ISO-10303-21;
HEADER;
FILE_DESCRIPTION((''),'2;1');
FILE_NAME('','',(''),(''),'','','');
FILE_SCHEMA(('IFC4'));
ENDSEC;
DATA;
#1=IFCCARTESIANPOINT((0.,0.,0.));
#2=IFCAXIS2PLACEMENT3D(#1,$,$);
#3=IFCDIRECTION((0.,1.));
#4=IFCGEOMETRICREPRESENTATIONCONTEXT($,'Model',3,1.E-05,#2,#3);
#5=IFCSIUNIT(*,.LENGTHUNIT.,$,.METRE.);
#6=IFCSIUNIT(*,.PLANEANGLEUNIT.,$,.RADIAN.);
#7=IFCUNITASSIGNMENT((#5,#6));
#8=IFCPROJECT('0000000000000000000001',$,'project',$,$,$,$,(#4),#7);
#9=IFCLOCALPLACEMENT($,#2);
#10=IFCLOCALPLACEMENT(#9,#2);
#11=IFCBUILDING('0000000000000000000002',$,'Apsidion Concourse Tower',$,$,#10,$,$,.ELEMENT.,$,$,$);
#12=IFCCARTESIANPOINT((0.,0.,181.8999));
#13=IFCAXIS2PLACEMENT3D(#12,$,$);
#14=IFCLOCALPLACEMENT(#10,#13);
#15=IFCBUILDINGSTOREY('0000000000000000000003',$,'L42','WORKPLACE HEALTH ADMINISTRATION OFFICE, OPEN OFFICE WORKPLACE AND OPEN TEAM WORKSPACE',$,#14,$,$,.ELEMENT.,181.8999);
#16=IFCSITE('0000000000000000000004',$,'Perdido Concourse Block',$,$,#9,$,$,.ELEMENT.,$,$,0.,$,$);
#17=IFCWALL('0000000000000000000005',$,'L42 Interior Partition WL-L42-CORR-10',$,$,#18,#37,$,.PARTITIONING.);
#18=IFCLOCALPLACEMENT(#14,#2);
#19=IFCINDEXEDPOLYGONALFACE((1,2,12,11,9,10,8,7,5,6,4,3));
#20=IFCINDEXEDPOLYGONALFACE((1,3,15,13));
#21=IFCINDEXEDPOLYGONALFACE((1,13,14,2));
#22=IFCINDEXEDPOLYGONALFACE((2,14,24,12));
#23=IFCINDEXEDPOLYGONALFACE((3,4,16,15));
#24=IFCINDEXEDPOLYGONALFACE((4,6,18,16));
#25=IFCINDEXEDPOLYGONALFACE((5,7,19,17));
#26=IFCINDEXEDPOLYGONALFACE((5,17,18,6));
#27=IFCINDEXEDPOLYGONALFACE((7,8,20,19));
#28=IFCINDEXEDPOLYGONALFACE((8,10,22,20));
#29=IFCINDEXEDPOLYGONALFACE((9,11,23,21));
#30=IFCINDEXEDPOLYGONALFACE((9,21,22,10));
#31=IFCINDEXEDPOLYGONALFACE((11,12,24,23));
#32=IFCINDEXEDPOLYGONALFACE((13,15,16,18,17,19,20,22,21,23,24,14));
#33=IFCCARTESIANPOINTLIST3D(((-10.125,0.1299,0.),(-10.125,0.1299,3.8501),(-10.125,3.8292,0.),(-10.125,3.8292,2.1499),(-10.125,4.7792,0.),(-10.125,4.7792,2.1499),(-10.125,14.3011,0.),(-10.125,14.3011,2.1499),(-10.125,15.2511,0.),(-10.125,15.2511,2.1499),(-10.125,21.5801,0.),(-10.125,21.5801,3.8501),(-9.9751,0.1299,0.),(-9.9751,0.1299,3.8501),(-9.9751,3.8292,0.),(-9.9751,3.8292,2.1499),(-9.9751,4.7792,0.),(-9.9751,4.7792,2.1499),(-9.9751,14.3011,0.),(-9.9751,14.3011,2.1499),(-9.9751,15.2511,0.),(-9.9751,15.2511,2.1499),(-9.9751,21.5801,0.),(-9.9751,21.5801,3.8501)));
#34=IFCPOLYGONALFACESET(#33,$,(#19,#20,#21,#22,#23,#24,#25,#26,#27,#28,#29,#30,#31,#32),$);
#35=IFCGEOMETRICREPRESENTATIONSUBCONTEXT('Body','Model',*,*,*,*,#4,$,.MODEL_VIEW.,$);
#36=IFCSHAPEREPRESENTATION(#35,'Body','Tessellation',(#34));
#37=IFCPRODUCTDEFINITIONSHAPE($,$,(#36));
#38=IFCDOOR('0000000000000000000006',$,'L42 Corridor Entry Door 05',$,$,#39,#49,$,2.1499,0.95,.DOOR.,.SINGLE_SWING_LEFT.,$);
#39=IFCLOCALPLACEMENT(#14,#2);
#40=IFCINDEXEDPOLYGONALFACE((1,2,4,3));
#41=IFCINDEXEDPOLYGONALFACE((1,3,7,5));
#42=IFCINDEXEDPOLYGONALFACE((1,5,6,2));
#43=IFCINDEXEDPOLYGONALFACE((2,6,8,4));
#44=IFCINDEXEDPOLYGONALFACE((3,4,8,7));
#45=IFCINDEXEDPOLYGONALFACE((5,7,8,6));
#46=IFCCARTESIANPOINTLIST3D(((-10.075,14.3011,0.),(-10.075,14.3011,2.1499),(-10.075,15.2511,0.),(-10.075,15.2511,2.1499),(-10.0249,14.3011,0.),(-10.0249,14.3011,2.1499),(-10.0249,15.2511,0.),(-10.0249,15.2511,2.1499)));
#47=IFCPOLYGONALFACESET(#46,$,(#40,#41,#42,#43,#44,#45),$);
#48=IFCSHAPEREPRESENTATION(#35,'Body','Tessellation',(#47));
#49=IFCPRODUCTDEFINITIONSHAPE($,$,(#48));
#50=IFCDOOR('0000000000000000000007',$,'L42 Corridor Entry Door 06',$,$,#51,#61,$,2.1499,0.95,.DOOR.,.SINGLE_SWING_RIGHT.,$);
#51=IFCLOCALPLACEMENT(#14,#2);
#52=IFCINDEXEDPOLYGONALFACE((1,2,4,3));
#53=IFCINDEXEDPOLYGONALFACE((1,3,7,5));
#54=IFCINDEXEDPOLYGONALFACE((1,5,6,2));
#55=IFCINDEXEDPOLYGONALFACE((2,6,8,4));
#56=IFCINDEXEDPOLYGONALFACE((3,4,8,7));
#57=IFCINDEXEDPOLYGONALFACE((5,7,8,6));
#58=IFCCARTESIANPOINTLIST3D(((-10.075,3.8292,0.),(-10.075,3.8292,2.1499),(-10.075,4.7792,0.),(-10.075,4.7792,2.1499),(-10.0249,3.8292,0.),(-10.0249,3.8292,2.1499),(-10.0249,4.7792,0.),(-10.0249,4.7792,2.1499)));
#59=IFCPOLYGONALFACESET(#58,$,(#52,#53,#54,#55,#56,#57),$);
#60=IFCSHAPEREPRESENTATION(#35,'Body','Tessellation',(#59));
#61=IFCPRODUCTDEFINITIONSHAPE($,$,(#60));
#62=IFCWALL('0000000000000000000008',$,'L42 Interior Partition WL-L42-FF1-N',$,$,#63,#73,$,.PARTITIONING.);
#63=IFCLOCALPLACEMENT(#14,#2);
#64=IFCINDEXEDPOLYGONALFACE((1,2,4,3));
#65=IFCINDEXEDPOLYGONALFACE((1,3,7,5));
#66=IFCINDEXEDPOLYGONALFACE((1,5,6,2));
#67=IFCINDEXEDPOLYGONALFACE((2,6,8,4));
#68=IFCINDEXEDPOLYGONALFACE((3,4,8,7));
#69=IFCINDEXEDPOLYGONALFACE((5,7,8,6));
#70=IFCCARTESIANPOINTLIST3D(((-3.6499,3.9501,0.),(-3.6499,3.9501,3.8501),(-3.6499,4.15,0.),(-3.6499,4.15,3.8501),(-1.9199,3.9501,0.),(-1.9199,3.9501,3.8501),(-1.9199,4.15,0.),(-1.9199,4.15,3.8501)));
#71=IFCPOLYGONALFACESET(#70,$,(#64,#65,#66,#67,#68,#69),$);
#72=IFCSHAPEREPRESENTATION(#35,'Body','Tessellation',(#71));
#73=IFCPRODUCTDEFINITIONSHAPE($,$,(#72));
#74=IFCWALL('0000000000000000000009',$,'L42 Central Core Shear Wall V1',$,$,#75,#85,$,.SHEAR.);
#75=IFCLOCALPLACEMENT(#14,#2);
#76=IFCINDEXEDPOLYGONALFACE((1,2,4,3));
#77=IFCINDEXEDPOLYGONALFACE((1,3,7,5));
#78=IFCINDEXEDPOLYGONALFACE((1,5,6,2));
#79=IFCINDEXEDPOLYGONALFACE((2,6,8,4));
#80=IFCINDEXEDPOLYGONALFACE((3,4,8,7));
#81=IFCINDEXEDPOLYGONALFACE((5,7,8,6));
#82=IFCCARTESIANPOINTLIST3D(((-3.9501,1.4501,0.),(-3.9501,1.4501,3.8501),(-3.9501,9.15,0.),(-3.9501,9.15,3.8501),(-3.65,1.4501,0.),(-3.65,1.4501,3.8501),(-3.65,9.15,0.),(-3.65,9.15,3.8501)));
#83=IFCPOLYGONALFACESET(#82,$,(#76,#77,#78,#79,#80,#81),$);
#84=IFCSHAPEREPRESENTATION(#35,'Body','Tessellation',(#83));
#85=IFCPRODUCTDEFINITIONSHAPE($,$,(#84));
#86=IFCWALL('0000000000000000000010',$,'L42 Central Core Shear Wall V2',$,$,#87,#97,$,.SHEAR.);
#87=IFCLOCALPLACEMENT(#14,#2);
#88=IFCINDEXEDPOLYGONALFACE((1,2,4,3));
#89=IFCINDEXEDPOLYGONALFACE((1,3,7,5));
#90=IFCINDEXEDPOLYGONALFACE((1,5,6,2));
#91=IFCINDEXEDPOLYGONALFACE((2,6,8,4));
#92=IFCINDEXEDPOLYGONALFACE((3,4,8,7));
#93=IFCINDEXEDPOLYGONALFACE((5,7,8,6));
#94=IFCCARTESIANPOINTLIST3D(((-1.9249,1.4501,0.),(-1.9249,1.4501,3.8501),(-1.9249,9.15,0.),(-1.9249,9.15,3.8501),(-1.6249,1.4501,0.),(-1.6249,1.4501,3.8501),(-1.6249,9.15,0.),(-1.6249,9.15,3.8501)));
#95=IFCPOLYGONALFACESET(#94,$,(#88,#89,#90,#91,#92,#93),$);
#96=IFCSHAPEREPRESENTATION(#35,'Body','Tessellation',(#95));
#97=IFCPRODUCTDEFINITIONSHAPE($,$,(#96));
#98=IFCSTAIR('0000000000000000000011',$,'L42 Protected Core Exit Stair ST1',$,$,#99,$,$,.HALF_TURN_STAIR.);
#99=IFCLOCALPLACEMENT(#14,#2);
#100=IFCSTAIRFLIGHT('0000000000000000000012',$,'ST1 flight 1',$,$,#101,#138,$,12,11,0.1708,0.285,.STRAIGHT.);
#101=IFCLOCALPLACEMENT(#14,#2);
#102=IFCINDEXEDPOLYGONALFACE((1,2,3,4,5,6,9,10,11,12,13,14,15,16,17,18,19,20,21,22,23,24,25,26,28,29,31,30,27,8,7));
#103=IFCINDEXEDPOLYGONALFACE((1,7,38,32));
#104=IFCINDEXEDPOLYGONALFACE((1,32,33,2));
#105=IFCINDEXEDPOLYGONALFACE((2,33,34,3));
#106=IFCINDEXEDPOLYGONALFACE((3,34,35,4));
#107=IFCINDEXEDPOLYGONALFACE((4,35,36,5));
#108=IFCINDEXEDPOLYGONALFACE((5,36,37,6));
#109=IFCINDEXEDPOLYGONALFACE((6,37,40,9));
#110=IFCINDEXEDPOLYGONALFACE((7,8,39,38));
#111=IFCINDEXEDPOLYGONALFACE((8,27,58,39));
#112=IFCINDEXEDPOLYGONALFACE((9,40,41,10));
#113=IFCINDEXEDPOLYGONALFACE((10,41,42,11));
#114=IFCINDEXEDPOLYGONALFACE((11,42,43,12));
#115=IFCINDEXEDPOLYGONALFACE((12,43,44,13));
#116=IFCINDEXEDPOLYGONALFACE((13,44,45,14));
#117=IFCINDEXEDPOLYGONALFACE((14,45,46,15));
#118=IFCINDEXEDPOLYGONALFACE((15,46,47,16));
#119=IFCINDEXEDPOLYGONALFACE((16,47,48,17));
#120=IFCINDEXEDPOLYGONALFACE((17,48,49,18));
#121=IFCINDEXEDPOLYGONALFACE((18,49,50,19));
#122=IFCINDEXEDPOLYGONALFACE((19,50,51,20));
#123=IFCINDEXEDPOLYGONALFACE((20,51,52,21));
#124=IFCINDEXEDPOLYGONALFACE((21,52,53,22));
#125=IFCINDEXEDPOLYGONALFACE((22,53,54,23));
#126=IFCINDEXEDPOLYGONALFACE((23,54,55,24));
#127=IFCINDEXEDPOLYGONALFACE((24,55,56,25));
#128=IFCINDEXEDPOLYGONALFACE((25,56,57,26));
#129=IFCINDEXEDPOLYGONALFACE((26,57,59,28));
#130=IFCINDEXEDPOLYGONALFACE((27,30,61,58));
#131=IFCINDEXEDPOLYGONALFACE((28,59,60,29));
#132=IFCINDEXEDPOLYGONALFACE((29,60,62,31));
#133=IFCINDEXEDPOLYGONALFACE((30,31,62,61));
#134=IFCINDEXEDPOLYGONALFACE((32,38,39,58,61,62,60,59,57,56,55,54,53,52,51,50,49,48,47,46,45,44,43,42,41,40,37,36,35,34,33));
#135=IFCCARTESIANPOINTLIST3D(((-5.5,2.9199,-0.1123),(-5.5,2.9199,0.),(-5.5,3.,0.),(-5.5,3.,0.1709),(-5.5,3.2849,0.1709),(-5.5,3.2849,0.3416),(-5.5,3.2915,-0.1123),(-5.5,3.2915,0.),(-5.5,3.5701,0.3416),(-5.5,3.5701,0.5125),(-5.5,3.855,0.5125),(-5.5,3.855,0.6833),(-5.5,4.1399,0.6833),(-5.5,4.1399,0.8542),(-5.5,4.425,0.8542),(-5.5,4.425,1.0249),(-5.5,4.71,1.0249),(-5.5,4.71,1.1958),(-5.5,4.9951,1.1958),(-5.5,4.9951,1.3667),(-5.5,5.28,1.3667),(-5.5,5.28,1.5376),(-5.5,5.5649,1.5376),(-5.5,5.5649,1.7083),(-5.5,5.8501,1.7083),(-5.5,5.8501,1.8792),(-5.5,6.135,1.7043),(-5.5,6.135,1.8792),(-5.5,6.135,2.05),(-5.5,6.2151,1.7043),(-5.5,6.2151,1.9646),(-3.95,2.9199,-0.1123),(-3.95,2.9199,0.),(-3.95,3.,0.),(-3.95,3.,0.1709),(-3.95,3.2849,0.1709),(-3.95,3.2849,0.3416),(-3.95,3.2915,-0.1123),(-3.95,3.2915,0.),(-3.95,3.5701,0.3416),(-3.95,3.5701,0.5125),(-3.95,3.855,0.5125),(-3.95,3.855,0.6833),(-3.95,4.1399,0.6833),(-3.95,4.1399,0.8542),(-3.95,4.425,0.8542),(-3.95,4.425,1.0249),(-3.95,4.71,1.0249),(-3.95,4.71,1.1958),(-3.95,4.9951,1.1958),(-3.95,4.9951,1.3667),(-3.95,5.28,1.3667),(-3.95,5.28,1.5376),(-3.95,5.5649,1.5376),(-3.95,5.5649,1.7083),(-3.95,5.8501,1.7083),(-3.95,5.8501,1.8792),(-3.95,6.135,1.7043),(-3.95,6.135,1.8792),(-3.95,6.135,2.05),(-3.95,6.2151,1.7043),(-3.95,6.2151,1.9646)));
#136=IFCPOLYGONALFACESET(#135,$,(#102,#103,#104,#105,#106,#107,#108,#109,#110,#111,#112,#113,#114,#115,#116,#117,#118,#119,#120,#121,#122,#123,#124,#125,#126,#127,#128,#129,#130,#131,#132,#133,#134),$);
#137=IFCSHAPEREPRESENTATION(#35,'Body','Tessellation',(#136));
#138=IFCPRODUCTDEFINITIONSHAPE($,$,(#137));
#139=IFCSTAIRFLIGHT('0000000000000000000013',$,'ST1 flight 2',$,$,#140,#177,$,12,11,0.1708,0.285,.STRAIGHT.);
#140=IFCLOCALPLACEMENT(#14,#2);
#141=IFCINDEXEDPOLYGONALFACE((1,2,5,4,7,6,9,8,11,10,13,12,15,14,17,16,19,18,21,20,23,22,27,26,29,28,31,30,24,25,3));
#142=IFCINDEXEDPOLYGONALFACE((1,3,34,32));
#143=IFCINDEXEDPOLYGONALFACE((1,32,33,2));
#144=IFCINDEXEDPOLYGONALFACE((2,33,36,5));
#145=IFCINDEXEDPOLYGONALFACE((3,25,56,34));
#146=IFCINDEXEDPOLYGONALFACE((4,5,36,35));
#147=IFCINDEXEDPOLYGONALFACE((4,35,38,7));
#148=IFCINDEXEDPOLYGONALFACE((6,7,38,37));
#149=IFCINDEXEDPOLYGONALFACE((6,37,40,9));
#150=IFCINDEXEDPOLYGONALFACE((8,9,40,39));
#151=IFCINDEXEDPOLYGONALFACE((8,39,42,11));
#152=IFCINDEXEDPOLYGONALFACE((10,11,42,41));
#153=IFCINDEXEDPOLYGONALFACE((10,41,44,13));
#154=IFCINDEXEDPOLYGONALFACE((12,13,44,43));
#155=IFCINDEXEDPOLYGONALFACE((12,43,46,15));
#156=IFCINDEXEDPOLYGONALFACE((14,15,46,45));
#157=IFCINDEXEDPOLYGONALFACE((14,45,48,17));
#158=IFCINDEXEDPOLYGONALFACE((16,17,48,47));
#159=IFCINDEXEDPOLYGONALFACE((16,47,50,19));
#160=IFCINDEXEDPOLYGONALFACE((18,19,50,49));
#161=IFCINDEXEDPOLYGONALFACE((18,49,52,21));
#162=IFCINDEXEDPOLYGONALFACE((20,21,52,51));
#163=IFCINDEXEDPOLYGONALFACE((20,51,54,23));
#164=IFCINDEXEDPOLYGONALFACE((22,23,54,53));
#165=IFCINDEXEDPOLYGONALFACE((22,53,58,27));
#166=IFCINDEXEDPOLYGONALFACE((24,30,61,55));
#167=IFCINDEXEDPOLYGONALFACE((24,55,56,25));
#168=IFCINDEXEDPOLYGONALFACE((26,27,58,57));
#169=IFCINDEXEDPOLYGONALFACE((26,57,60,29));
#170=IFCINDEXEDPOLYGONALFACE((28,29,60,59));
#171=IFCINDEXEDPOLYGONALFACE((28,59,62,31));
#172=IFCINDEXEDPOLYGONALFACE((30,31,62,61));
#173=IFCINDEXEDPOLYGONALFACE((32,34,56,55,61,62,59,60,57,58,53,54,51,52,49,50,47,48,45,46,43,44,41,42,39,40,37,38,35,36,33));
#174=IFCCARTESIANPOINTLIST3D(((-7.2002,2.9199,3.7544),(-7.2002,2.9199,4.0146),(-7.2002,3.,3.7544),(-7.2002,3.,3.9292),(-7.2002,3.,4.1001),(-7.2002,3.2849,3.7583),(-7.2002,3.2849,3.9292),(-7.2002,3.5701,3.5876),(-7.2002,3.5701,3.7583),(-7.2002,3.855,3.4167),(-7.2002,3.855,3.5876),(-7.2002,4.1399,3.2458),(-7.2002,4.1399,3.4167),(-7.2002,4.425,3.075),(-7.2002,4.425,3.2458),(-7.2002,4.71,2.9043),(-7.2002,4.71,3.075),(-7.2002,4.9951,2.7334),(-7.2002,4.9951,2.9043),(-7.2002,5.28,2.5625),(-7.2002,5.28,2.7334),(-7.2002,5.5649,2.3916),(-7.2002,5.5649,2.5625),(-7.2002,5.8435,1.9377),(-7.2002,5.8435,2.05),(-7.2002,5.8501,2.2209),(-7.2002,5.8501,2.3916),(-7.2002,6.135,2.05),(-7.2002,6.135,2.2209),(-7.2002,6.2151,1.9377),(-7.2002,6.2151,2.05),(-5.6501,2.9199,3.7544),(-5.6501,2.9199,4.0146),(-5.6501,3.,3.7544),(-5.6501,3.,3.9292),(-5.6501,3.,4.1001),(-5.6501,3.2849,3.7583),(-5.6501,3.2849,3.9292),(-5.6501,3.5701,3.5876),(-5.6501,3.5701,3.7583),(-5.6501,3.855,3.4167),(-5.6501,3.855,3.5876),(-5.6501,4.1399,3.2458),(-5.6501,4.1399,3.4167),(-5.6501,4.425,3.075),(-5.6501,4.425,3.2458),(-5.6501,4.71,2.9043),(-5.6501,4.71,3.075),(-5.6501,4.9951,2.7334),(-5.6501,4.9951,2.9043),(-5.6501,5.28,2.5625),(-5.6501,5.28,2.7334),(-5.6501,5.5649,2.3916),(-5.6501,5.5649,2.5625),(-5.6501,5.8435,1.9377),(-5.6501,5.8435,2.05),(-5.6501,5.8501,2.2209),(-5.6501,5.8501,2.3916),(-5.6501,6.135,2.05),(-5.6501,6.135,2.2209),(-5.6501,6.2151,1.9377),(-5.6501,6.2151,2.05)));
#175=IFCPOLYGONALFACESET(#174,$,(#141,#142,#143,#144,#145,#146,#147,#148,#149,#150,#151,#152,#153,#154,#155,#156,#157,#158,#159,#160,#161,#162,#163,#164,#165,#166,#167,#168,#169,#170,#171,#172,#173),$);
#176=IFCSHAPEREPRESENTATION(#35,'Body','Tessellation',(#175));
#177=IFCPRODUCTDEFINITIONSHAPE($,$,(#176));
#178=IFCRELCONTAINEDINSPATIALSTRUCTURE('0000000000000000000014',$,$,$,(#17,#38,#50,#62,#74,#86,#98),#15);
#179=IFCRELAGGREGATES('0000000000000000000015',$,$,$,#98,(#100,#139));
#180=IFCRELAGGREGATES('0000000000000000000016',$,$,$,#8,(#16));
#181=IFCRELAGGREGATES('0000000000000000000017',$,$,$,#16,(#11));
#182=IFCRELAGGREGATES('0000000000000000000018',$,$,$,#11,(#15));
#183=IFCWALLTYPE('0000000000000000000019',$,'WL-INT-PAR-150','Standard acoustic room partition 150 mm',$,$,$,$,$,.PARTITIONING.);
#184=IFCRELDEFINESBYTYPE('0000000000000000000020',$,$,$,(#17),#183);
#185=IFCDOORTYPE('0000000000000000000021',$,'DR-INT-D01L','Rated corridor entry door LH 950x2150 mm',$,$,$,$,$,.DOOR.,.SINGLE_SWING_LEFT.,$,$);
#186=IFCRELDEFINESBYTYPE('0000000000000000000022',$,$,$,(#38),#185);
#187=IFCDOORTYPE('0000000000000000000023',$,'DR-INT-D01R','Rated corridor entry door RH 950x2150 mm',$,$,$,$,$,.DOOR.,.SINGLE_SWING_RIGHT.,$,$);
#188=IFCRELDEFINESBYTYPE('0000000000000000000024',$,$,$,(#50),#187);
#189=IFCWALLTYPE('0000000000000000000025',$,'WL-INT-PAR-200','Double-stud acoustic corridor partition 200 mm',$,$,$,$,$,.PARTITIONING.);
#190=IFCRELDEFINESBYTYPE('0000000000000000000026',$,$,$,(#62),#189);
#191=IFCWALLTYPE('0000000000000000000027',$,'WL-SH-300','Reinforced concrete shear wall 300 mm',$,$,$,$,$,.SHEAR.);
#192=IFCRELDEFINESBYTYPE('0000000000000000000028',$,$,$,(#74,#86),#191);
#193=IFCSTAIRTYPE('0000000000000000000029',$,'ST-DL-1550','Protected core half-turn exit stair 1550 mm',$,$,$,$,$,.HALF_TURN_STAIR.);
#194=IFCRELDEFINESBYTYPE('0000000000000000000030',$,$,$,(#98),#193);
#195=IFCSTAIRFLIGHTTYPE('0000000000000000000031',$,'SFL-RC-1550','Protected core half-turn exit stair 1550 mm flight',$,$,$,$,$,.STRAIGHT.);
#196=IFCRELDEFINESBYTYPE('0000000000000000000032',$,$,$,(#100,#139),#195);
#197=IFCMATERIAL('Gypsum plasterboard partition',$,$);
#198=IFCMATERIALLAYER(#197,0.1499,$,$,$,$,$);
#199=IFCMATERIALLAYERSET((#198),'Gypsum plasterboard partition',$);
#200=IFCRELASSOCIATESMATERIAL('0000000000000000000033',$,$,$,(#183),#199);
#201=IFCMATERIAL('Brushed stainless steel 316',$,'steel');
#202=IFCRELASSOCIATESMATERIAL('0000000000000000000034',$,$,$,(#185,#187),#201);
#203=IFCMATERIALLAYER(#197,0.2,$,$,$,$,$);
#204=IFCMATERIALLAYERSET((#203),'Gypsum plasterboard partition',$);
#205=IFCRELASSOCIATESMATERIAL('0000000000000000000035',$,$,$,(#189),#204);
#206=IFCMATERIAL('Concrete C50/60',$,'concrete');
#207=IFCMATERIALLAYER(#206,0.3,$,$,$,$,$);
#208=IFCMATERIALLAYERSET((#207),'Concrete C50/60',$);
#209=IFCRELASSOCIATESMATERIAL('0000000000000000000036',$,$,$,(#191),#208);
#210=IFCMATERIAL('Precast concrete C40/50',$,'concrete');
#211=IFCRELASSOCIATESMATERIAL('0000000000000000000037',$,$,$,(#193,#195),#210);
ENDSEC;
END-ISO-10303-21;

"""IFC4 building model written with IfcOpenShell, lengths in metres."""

from ifc_helpers import new_model, si_unit, direction, frame, frame_2d, origin, place, context, subcontext, project, spatial, polyline, rectangle, outline, extrude, material, layer, layer_set, type_object, element, fill, aggregate, save


model = new_model("IFC4")

# Units and contexts
model_context = context("Model", 3, precision=1e-05, world=origin(), true_north=direction((0.0, 1.0)))
body_context = subcontext(model_context, "Body", "Model", "MODEL_VIEW")
ifc_project = project(units=[si_unit("LENGTHUNIT", "METRE"), si_unit("PLANEANGLEUNIT", "RADIAN")], contexts=[model_context])

# Site, building, storey
site_placement = place(None, origin())
site = spatial("IfcSite", under=ifc_project, at=site_placement, Name="Perdido Concourse Block", CompositionType="ELEMENT", RefElevation=0.0)
building_placement = place(site_placement, origin())
building = spatial("IfcBuilding", under=site, at=building_placement, Name="Apsidion Concourse Tower", CompositionType="ELEMENT")
storey_placement = place(building_placement, frame((0.0, 0.0, 181.8999)))
storey = spatial("IfcBuildingStorey", under=building, at=storey_placement, Name="L42", Description="WORKPLACE HEALTH ADMINISTRATION OFFICE, OPEN OFFICE WORKPLACE AND OPEN TEAM WORKSPACE", CompositionType="ELEMENT", Elevation=181.8999)

# Shared definitions
ifc_material_1 = material(Name="Concrete C50/60", Category="concrete")

# Shared definitions
ifc_material_2 = material(Name="Gypsum plasterboard partition")
ifc_layer_1 = layer(ifc_material_2, 0.1499)
ifc_layer_set_1 = layer_set([ifc_layer_1], Name="Gypsum plasterboard partition")
wall_type_1 = type_object("IfcWallType", Name="WL-INT-PAR-150", Description="Standard acoustic room partition 150 mm", PredefinedType="PARTITIONING", material=ifc_layer_set_1)

# Wall, openings, doors
wall_1_placement = place(storey_placement, frame((-10.05, 0.1299, 0.0), z_axis=(0.0, 0.0, 1.0), x_axis=(0.0, 1.0, 0.0)))
wall_1 = element("IfcWall", 1, at=wall_1_placement, inside=storey, type_object=wall_type_1, Name="L42 Interior Partition WL-L42-CORR-10", PredefinedType="PARTITIONING", context=body_context, shape_type="SweptSolid", body=[
    extrude(rectangle(XDim=21.4502, YDim=0.1499, at=frame_2d((10.7251, 0.0))), origin(), (0.0, 0.0, 1.0), 3.8501),
])
opening_1_placement = place(wall_1_placement, frame((14.1711, 0.0, 0.0)))
opening_1 = element("IfcOpeningElement", 2, at=opening_1_placement, cuts=wall_1, PredefinedType="OPENING", context=body_context, shape_type="SweptSolid", body=[
    extrude(rectangle(XDim=0.95, YDim=2.1499, at=frame_2d((0.4751, 1.075))), frame((0.0, 0.085, 0.0), z_axis=(0.0, -1.0, 0.0), x_axis=(1.0, 0.0, 0.0)), (0.0, 0.0, 1.0), 0.1699),
])
opening_2_placement = place(wall_1_placement, frame((3.6992, 0.0, 0.0)))
opening_2 = element("IfcOpeningElement", 3, at=opening_2_placement, cuts=wall_1, PredefinedType="OPENING", context=body_context, shape_type="SweptSolid", body=[
    extrude(rectangle(XDim=0.95, YDim=2.1499, at=frame_2d((0.4751, 1.075))), frame((0.0, 0.085, 0.0), z_axis=(0.0, -1.0, 0.0), x_axis=(1.0, 0.0, 0.0)), (0.0, 0.0, 1.0), 0.1699),
])
ifc_material_3 = material(Name="Brushed stainless steel 316", Category="steel")
door_type_1 = type_object("IfcDoorType", Name="DR-INT-D01L", Description="Rated corridor entry door LH 950x2150 mm", OperationType="SINGLE_SWING_LEFT", PredefinedType="DOOR", material=ifc_material_3)
door_1_placement = place(opening_1_placement, origin())
door_1 = element("IfcDoor", 4, at=door_1_placement, inside=storey, type_object=door_type_1, Name="L42 Corridor Entry Door 05", OperationType="SINGLE_SWING_LEFT", OverallHeight=2.1499, OverallWidth=0.95, PredefinedType="DOOR", context=body_context, shape_type="SweptSolid", body=[
    extrude(rectangle(XDim=0.95, YDim=2.1499, at=frame_2d((0.4751, 1.075))), frame((0.0, 0.0249, 0.0), z_axis=(0.0, -1.0, 0.0), x_axis=(1.0, 0.0, 0.0)), (0.0, 0.0, 1.0), 0.05),
])
fill(opening_1, door_1)
door_type_2 = type_object("IfcDoorType", Name="DR-INT-D01R", Description="Rated corridor entry door RH 950x2150 mm", OperationType="SINGLE_SWING_RIGHT", PredefinedType="DOOR", material=ifc_material_3)
door_2_placement = place(opening_2_placement, origin())
door_2 = element("IfcDoor", 5, at=door_2_placement, inside=storey, type_object=door_type_2, Name="L42 Corridor Entry Door 06", OperationType="SINGLE_SWING_RIGHT", OverallHeight=2.1499, OverallWidth=0.95, PredefinedType="DOOR", context=body_context, shape_type="SweptSolid", body=[
    extrude(rectangle(XDim=0.95, YDim=2.1499, at=frame_2d((0.4751, 1.075))), frame((0.0, 0.0249, 0.0), z_axis=(0.0, -1.0, 0.0), x_axis=(1.0, 0.0, 0.0)), (0.0, 0.0, 1.0), 0.05),
])
fill(opening_2, door_2)

# Walls
ifc_layer_2 = layer(ifc_material_2, 0.2)
ifc_layer_set_2 = layer_set([ifc_layer_2], Name="Gypsum plasterboard partition")
wall_type_2 = type_object("IfcWallType", Name="WL-INT-PAR-200", Description="Double-stud acoustic corridor partition 200 mm", PredefinedType="PARTITIONING", material=ifc_layer_set_2)
wall_2_placement = place(storey_placement, frame((-3.6499, 4.05, 0.0), z_axis=(0.0, 0.0, 1.0), x_axis=(1.0, 0.0, 0.0)))
element("IfcWall", 6, at=wall_2_placement, inside=storey, type_object=wall_type_2, Name="L42 Interior Partition WL-L42-FF1-N", PredefinedType="PARTITIONING", context=body_context, shape_type="SweptSolid", body=[
    extrude(rectangle(XDim=1.73, YDim=0.2, at=frame_2d((0.865, 0.0))), origin(), (0.0, 0.0, 1.0), 3.8501),
])
ifc_layer_3 = layer(ifc_material_1, 0.3)
ifc_layer_set_3 = layer_set([ifc_layer_3], Name="Concrete C50/60")
wall_type_3 = type_object("IfcWallType", Name="WL-SH-300", Description="Reinforced concrete shear wall 300 mm", PredefinedType="SHEAR", material=ifc_layer_set_3)
for number, where, z_axis, x_axis, name in (
    (7, (-3.8, 1.45, 0.0), (0.0, 0.0, 1.0), (0.0, 1.0, 0.0), "L42 Central Core Shear Wall V1"),
    (8, (-1.7749, 1.45, 0.0), (0.0, 0.0, 1.0), (0.0, 1.0, 0.0), "L42 Central Core Shear Wall V2"),
):
    element("IfcWall", number, at=place(storey_placement, frame(where, z_axis=z_axis, x_axis=x_axis)), inside=storey, type_object=wall_type_3, Name=name, PredefinedType="SHEAR", context=body_context, shape_type="SweptSolid", body=[
        extrude(rectangle(XDim=7.7, YDim=0.3, at=frame_2d((3.8501, 0.0))), origin(), (0.0, 0.0, 1.0), 3.8501),
    ])

# Stair, stair flights
ifc_material_4 = material(Name="Precast concrete C40/50", Category="concrete")
stair_type = type_object("IfcStairType", Name="ST-DL-1550", Description="Protected core half-turn exit stair 1550 mm", PredefinedType="HALF_TURN_STAIR", material=ifc_material_4)
stair_placement = place(storey_placement, origin())
stair = element("IfcStair", 9, at=stair_placement, inside=storey, type_object=stair_type, Name="L42 Protected Core Exit Stair ST1", PredefinedType="HALF_TURN_STAIR")
stair_flight_type = type_object("IfcStairFlightType", Name="SFL-RC-1550", Description="Protected core half-turn exit stair 1550 mm flight", PredefinedType="STRAIGHT", material=ifc_material_4)
stair_flight_1_placement = place(storey_placement, frame((-4.7251, 3.0, 0.0), z_axis=(0.0, 0.0, 1.0), x_axis=(0.0, 1.0, 0.0)))
stair_flight_1 = element("IfcStairFlight", 10, at=stair_flight_1_placement, type_object=stair_flight_type, Name="ST1 flight 1", NumberOfRisers=12, NumberOfTreads=11, PredefinedType="STRAIGHT", RiserHeight=0.1708, TreadLength=0.285, context=body_context, shape_type="SweptSolid", body=[
    extrude(outline(polyline([(-0.0801, -0.1123), (-0.0801, 0.0), (0.0, 0.0), (0.0, 0.1709), (0.2849, 0.1709), (0.2849, 0.3416), (0.5701, 0.3416), (0.5701, 0.5125), (0.855, 0.5125), (0.855, 0.6833), (1.1399, 0.6833), (1.1399, 0.8542), (1.425, 0.8542), (1.425, 1.0249), (1.71, 1.0249), (1.71, 1.1958), (1.9951, 1.1958), (1.9951, 1.3667), (2.28, 1.3667), (2.28, 1.5376), (2.5649, 1.5376), (2.5649, 1.7083), (2.8501, 1.7083), (2.8501, 1.8792), (3.135, 1.8792), (3.135, 2.05), (3.2151, 1.9646), (3.2151, 1.7043), (3.135, 1.7043), (0.2915, 0.0), (0.2915, -0.1123), (-0.0801, -0.1123)])), frame((0.0, 0.7749, 0.0), z_axis=(0.0, -1.0, 0.0), x_axis=(1.0, 0.0, 0.0)), (0.0, 0.0, 1.0), 1.55),
])
stair_flight_2_placement = place(storey_placement, frame((-6.425, 6.135, 2.05), z_axis=(0.0, 0.0, 1.0), x_axis=(0.0, -1.0, 0.0)))
stair_flight_2 = element("IfcStairFlight", 11, at=stair_flight_2_placement, type_object=stair_flight_type, Name="ST1 flight 2", NumberOfRisers=12, NumberOfTreads=11, PredefinedType="STRAIGHT", RiserHeight=0.1708, TreadLength=0.285, context=body_context, shape_type="SweptSolid", body=[
    extrude(outline(polyline([(-0.0801, -0.1123), (-0.0801, 0.0), (0.0, 0.0), (0.0, 0.1709), (0.2849, 0.1709), (0.2849, 0.3416), (0.5701, 0.3416), (0.5701, 0.5125), (0.855, 0.5125), (0.855, 0.6833), (1.1399, 0.6833), (1.1399, 0.8542), (1.425, 0.8542), (1.425, 1.0249), (1.71, 1.0249), (1.71, 1.1958), (1.9951, 1.1958), (1.9951, 1.3667), (2.28, 1.3667), (2.28, 1.5376), (2.5649, 1.5376), (2.5649, 1.7083), (2.8501, 1.7083), (2.8501, 1.8792), (3.135, 1.8792), (3.135, 2.05), (3.2151, 1.9646), (3.2151, 1.7043), (3.135, 1.7043), (0.2915, 0.0), (0.2915, -0.1123), (-0.0801, -0.1123)])), frame((0.0, 0.7749, 0.0), z_axis=(0.0, -1.0, 0.0), x_axis=(1.0, 0.0, 0.0)), (0.0, 0.0, 1.0), 1.55),
])
aggregate(stair, [stair_flight_1, stair_flight_2])

save(model, "model.ifc")
